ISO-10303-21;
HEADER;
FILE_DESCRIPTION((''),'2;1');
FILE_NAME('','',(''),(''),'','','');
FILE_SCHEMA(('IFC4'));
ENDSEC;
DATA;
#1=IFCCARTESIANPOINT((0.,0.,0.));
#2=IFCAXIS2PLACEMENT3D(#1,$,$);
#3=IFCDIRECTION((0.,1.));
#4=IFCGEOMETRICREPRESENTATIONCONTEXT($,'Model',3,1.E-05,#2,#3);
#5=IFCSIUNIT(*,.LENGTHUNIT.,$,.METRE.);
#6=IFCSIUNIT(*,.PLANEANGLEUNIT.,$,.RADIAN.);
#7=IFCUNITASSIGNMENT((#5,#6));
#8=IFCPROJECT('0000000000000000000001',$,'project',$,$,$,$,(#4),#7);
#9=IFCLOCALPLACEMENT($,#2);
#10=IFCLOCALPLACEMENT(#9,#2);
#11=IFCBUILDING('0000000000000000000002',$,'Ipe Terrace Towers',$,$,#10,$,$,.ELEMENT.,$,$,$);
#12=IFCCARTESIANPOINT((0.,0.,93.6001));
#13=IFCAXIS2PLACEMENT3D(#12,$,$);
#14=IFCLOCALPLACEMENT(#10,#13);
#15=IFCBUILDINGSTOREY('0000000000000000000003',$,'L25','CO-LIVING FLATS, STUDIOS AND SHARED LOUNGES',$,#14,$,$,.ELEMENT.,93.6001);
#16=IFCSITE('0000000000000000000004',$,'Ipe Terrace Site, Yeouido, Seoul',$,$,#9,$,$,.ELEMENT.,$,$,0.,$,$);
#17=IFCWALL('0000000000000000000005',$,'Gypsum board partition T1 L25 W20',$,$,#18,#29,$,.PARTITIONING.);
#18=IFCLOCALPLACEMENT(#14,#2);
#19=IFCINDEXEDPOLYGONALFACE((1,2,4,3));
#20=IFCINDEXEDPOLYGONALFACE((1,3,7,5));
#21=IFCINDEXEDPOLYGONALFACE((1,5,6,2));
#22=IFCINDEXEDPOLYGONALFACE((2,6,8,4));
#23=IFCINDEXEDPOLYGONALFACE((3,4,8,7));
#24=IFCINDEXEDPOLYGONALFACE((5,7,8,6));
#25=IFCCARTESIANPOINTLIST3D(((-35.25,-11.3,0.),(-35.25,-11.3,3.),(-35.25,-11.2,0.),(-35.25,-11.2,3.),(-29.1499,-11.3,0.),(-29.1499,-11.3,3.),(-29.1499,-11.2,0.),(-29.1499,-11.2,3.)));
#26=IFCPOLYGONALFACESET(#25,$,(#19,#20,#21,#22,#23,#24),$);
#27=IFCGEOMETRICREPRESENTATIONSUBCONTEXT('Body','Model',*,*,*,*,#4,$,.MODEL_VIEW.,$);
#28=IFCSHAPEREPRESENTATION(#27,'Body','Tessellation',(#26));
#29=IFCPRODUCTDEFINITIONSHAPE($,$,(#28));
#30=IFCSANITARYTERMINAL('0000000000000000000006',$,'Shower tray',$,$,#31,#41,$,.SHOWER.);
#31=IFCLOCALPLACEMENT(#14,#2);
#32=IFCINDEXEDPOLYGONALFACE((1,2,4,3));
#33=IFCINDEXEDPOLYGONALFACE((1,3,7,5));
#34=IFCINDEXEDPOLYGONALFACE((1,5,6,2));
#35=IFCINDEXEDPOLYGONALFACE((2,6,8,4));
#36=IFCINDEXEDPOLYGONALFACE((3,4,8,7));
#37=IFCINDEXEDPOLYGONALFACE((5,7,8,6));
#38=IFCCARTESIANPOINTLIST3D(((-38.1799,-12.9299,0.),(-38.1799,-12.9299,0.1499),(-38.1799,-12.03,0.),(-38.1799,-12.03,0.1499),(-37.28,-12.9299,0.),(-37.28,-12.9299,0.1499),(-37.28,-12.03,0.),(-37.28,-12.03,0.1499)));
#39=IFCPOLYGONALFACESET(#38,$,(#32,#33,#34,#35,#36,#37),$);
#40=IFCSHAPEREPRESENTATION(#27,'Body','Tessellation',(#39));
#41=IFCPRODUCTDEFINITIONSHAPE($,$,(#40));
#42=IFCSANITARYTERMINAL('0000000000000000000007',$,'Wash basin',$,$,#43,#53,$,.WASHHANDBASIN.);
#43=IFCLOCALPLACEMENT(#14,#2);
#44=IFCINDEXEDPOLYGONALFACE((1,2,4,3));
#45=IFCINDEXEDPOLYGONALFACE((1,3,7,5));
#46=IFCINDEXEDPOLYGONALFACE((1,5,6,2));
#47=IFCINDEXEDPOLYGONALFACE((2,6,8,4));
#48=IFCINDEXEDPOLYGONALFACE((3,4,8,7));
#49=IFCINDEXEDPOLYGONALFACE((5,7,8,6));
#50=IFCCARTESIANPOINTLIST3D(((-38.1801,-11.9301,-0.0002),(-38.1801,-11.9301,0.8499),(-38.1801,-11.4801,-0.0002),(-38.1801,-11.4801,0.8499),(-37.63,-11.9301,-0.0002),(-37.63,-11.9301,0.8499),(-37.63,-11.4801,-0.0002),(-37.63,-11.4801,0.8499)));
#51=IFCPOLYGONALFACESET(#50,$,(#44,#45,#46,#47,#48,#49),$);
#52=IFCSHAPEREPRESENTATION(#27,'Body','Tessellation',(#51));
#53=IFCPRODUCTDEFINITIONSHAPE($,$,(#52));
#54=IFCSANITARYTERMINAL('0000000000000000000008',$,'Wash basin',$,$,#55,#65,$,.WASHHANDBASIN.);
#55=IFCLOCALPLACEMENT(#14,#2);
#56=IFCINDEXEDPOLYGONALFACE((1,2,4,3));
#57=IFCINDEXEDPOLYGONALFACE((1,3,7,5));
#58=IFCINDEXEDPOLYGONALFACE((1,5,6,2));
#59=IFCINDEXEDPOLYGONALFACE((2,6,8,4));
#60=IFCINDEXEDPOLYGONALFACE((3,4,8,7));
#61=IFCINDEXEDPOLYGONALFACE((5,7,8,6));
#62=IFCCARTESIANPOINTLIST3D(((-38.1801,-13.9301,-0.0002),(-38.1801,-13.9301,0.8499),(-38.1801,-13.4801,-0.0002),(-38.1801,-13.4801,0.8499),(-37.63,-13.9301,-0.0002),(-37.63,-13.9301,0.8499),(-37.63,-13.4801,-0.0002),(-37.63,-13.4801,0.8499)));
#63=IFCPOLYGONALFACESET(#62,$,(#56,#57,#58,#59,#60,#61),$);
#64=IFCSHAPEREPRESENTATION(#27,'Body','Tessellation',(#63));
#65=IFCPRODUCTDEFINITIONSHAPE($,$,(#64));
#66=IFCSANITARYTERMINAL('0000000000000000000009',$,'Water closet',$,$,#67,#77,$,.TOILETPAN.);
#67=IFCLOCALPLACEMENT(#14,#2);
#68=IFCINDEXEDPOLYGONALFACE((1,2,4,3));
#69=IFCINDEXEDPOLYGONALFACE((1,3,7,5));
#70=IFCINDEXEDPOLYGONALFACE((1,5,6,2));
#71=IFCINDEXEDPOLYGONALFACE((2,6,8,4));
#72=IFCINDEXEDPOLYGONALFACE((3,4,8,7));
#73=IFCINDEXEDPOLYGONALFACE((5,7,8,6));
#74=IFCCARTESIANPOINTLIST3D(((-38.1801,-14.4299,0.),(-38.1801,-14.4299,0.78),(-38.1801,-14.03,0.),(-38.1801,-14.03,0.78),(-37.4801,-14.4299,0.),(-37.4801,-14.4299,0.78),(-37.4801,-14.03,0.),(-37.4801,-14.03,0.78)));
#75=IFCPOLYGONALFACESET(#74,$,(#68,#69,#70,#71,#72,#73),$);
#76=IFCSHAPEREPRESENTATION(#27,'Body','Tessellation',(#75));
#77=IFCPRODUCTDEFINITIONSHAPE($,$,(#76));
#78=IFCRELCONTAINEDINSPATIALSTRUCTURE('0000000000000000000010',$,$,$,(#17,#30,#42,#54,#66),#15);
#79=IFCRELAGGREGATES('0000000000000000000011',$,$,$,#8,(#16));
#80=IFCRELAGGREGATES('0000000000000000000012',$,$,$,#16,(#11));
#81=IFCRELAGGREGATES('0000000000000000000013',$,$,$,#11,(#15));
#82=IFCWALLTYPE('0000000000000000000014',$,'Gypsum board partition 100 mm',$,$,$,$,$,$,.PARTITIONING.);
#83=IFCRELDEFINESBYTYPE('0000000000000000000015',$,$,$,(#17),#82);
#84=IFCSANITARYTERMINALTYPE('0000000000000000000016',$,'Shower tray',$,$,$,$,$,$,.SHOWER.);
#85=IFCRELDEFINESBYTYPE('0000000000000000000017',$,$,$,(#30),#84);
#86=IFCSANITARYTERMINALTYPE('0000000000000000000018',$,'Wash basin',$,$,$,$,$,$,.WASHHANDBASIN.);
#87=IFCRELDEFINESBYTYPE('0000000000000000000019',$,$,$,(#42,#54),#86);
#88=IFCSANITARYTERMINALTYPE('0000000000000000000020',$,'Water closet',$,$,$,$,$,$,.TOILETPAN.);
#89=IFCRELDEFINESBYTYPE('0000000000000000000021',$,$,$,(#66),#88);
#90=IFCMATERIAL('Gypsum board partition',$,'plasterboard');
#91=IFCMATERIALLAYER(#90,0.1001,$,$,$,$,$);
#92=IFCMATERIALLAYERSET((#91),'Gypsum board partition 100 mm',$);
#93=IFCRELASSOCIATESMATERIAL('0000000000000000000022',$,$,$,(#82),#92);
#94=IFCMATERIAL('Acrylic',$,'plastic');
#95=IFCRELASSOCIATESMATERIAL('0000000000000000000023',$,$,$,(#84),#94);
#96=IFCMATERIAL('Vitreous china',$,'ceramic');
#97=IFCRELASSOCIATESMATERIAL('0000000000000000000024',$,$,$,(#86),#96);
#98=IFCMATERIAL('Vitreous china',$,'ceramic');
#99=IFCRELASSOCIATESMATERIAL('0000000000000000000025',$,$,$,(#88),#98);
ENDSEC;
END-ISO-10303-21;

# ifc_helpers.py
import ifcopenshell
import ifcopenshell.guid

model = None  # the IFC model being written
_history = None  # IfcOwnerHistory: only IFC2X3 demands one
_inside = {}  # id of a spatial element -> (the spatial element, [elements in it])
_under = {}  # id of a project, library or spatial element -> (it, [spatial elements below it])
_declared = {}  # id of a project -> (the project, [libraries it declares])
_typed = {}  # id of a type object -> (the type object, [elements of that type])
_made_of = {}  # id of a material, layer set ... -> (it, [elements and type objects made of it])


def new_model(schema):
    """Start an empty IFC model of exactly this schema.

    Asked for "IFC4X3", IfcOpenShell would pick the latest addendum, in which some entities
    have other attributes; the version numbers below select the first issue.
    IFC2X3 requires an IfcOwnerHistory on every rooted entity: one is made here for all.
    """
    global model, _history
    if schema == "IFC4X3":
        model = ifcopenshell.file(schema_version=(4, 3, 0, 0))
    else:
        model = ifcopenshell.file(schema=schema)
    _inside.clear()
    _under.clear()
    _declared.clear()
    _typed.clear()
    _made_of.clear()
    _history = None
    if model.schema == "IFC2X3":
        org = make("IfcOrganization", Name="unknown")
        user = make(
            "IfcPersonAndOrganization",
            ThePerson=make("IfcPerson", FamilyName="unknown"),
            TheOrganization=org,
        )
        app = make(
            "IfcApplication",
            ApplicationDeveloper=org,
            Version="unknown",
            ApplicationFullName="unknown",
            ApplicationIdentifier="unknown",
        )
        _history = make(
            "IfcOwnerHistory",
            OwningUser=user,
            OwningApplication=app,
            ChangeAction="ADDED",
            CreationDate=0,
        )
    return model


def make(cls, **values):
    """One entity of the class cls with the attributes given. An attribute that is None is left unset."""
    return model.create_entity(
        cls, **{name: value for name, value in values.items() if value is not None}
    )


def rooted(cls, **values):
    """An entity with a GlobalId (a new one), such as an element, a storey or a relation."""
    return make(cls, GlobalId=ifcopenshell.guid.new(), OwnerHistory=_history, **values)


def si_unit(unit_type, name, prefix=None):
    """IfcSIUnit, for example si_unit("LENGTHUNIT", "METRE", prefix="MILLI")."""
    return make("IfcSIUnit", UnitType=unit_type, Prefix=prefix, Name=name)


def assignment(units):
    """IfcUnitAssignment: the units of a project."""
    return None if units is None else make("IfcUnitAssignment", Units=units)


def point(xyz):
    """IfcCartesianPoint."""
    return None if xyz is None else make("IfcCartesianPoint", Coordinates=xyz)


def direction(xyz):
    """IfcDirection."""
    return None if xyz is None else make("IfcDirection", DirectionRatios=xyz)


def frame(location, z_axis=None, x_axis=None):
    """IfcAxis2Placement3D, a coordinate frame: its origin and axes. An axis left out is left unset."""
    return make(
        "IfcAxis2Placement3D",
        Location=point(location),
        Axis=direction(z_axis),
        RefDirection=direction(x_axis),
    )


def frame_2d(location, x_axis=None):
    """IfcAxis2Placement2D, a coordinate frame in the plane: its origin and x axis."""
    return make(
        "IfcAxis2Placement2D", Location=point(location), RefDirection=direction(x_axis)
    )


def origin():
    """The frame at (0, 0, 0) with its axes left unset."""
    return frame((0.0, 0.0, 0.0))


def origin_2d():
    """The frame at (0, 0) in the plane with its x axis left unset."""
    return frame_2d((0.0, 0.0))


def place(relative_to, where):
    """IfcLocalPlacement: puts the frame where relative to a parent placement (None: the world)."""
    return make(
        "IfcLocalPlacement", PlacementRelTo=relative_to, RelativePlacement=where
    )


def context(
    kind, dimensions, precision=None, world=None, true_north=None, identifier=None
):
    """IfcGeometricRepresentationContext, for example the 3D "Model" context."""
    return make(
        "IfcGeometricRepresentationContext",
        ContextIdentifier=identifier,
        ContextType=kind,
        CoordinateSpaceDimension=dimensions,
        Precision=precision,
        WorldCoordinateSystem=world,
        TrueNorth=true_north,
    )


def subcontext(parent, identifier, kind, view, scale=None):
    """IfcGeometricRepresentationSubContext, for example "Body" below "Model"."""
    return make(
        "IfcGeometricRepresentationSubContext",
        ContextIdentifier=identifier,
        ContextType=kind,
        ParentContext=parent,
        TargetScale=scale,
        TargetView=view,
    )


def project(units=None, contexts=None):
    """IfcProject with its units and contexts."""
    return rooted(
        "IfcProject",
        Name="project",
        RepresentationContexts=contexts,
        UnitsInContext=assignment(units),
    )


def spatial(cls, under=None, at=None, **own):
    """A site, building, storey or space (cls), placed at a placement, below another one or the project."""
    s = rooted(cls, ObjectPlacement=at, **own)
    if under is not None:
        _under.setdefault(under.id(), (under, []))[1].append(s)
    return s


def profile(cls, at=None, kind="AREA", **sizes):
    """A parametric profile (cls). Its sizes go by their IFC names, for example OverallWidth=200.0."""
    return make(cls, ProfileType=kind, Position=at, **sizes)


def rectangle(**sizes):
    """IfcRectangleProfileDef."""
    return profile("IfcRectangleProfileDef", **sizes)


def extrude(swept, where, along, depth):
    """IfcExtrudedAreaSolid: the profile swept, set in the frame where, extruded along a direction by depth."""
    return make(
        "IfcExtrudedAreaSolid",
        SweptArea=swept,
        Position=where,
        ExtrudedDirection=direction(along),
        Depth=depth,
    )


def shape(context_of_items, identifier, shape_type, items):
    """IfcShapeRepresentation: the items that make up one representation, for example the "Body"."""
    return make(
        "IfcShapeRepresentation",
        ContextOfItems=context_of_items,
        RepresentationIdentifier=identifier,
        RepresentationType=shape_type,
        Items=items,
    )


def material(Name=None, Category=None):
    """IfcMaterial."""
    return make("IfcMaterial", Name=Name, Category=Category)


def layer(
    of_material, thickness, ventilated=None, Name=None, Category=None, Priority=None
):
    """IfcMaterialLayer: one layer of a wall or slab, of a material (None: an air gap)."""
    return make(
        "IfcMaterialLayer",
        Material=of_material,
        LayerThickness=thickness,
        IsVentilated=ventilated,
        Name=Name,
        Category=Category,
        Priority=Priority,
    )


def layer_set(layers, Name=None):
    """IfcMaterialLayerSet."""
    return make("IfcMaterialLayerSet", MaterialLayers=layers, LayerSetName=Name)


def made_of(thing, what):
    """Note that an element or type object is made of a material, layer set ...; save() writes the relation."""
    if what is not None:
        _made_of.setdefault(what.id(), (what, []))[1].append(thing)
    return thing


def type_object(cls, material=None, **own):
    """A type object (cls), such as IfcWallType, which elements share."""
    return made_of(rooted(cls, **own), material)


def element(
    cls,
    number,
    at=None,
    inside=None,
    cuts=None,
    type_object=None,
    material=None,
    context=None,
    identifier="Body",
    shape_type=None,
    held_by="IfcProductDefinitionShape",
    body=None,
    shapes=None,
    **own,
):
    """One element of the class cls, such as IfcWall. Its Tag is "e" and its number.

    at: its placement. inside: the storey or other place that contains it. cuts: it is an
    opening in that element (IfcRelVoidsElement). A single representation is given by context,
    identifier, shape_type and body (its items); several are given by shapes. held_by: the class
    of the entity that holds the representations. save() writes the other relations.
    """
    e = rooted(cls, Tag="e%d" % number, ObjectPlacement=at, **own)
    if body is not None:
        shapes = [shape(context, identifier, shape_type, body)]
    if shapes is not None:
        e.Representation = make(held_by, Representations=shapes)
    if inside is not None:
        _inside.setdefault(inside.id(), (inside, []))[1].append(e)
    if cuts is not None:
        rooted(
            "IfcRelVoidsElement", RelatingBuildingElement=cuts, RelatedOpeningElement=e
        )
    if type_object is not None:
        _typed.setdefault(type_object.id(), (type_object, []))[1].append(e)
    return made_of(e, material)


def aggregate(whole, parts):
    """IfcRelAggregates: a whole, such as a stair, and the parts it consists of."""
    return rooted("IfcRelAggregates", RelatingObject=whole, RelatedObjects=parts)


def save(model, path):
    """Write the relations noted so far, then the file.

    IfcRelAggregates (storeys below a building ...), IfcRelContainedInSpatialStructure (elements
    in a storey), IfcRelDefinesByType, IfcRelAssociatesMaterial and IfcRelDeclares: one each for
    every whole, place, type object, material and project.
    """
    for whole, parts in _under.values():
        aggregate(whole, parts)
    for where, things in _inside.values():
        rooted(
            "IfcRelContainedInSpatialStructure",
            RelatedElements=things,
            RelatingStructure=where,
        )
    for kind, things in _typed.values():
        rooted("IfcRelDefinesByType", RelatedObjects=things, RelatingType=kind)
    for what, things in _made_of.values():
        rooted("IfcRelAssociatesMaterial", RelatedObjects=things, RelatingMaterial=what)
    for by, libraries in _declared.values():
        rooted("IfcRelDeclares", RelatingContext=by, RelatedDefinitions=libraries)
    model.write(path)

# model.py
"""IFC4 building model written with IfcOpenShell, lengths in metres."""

from ifc_helpers import new_model, si_unit, direction, frame, frame_2d, origin, origin_2d, place, context, subcontext, project, spatial, rectangle, extrude, material, layer, layer_set, type_object, element, save


model = new_model("IFC4")

# Units and contexts
model_context = context("Model", 3, precision=1e-05, world=origin(), true_north=direction((0.0, 1.0)))
body_context = subcontext(model_context, "Body", "Model", "MODEL_VIEW")
ifc_project = project(units=[si_unit("LENGTHUNIT", "METRE"), si_unit("PLANEANGLEUNIT", "RADIAN")], contexts=[model_context])

# Site, building, storey
site_placement = place(None, origin())
site = spatial("IfcSite", under=ifc_project, at=site_placement, Name="Ipe Terrace Site, Yeouido, Seoul", CompositionType="ELEMENT", RefElevation=0.0)
building_placement = place(site_placement, origin())
building = spatial("IfcBuilding", under=site, at=building_placement, Name="Ipe Terrace Towers", CompositionType="ELEMENT")
storey_placement = place(building_placement, frame((0.0, 0.0, 93.6001)))
storey = spatial("IfcBuildingStorey", under=building, at=storey_placement, Name="L25", Description="CO-LIVING FLATS, STUDIOS AND SHARED LOUNGES", CompositionType="ELEMENT", Elevation=93.6001)

# Shared definitions
ifc_material_1 = material(Name="Gypsum board partition", Category="plasterboard")
ifc_layer_1 = layer(ifc_material_1, 0.1001)
ifc_layer_set_1 = layer_set([ifc_layer_1], Name="Gypsum board partition 100 mm")
wall_type = type_object("IfcWallType", Name="Gypsum board partition 100 mm", PredefinedType="PARTITIONING", material=ifc_layer_set_1)

# Wall
wall_1_placement = place(storey_placement, frame((-35.25, -11.25, 0.0), z_axis=(0.0, 0.0, 1.0), x_axis=(1.0, 0.0, 0.0)))
element("IfcWall", 1, at=wall_1_placement, inside=storey, type_object=wall_type, Name="Gypsum board partition T1 L25 W20", PredefinedType="PARTITIONING", context=body_context, shape_type="SweptSolid", body=[
    extrude(rectangle(XDim=6.1001, YDim=0.1001, at=frame_2d((3.05, 0.0))), origin(), (0.0, 0.0, 1.0), 3.0),
])

# Sanitary terminals
ifc_material_2 = material(Name="Acrylic", Category="plastic")
sanitary_terminal_type_1 = type_object("IfcSanitaryTerminalType", Name="Shower tray", PredefinedType="SHOWER", material=ifc_material_2)
sanitary_terminal_1_placement = place(storey_placement, frame((-37.73, -12.48, 0.0), z_axis=(0.0, 0.0, 1.0), x_axis=(1.0, 0.0, 0.0)))
element("IfcSanitaryTerminal", 2, at=sanitary_terminal_1_placement, inside=storey, type_object=sanitary_terminal_type_1, Name="Shower tray", PredefinedType="SHOWER", context=body_context, shape_type="SweptSolid", body=[
    extrude(rectangle(XDim=0.8999, YDim=0.8999, at=origin_2d()), origin(), (0.0, 0.0, 1.0), 0.1499),
])
ifc_material_3 = material(Name="Vitreous china", Category="ceramic")
sanitary_terminal_type_2 = type_object("IfcSanitaryTerminalType", Name="Wash basin", PredefinedType="WASHHANDBASIN", material=ifc_material_3)
for number, where, z_axis, x_axis, name in (
    (3, (-37.905, -11.7051, -0.0002), (0.0, 0.0, 1.0), (1.0, 0.0, 0.0), "Wash basin"),
    (4, (-37.905, -13.7051, -0.0002), (0.0, 0.0, 1.0), (1.0, 0.0, 0.0), "Wash basin"),
):
    element("IfcSanitaryTerminal", number, at=place(storey_placement, frame(where, z_axis=z_axis, x_axis=x_axis)), inside=storey, type_object=sanitary_terminal_type_2, Name=name, PredefinedType="WASHHANDBASIN", context=body_context, shape_type="SweptSolid", body=[
        extrude(rectangle(XDim=0.55, YDim=0.45, at=origin_2d()), origin(), (0.0, 0.0, 1.0), 0.8501),
    ])
ifc_material_4 = material(Name="Vitreous china", Category="ceramic")
sanitary_terminal_type_3 = type_object("IfcSanitaryTerminalType", Name="Water closet", PredefinedType="TOILETPAN", material=ifc_material_4)
sanitary_terminal_2_placement = place(storey_placement, frame((-37.8301, -14.23, 0.0), z_axis=(0.0, 0.0, 1.0), x_axis=(1.0, 0.0, 0.0)))
element("IfcSanitaryTerminal", 5, at=sanitary_terminal_2_placement, inside=storey, type_object=sanitary_terminal_type_3, Name="Water closet", PredefinedType="TOILETPAN", context=body_context, shape_type="SweptSolid", body=[
    extrude(rectangle(XDim=0.7, YDim=0.3999, at=origin_2d()), origin(), (0.0, 0.0, 1.0), 0.78),
])

save(model, "model.ifc")
